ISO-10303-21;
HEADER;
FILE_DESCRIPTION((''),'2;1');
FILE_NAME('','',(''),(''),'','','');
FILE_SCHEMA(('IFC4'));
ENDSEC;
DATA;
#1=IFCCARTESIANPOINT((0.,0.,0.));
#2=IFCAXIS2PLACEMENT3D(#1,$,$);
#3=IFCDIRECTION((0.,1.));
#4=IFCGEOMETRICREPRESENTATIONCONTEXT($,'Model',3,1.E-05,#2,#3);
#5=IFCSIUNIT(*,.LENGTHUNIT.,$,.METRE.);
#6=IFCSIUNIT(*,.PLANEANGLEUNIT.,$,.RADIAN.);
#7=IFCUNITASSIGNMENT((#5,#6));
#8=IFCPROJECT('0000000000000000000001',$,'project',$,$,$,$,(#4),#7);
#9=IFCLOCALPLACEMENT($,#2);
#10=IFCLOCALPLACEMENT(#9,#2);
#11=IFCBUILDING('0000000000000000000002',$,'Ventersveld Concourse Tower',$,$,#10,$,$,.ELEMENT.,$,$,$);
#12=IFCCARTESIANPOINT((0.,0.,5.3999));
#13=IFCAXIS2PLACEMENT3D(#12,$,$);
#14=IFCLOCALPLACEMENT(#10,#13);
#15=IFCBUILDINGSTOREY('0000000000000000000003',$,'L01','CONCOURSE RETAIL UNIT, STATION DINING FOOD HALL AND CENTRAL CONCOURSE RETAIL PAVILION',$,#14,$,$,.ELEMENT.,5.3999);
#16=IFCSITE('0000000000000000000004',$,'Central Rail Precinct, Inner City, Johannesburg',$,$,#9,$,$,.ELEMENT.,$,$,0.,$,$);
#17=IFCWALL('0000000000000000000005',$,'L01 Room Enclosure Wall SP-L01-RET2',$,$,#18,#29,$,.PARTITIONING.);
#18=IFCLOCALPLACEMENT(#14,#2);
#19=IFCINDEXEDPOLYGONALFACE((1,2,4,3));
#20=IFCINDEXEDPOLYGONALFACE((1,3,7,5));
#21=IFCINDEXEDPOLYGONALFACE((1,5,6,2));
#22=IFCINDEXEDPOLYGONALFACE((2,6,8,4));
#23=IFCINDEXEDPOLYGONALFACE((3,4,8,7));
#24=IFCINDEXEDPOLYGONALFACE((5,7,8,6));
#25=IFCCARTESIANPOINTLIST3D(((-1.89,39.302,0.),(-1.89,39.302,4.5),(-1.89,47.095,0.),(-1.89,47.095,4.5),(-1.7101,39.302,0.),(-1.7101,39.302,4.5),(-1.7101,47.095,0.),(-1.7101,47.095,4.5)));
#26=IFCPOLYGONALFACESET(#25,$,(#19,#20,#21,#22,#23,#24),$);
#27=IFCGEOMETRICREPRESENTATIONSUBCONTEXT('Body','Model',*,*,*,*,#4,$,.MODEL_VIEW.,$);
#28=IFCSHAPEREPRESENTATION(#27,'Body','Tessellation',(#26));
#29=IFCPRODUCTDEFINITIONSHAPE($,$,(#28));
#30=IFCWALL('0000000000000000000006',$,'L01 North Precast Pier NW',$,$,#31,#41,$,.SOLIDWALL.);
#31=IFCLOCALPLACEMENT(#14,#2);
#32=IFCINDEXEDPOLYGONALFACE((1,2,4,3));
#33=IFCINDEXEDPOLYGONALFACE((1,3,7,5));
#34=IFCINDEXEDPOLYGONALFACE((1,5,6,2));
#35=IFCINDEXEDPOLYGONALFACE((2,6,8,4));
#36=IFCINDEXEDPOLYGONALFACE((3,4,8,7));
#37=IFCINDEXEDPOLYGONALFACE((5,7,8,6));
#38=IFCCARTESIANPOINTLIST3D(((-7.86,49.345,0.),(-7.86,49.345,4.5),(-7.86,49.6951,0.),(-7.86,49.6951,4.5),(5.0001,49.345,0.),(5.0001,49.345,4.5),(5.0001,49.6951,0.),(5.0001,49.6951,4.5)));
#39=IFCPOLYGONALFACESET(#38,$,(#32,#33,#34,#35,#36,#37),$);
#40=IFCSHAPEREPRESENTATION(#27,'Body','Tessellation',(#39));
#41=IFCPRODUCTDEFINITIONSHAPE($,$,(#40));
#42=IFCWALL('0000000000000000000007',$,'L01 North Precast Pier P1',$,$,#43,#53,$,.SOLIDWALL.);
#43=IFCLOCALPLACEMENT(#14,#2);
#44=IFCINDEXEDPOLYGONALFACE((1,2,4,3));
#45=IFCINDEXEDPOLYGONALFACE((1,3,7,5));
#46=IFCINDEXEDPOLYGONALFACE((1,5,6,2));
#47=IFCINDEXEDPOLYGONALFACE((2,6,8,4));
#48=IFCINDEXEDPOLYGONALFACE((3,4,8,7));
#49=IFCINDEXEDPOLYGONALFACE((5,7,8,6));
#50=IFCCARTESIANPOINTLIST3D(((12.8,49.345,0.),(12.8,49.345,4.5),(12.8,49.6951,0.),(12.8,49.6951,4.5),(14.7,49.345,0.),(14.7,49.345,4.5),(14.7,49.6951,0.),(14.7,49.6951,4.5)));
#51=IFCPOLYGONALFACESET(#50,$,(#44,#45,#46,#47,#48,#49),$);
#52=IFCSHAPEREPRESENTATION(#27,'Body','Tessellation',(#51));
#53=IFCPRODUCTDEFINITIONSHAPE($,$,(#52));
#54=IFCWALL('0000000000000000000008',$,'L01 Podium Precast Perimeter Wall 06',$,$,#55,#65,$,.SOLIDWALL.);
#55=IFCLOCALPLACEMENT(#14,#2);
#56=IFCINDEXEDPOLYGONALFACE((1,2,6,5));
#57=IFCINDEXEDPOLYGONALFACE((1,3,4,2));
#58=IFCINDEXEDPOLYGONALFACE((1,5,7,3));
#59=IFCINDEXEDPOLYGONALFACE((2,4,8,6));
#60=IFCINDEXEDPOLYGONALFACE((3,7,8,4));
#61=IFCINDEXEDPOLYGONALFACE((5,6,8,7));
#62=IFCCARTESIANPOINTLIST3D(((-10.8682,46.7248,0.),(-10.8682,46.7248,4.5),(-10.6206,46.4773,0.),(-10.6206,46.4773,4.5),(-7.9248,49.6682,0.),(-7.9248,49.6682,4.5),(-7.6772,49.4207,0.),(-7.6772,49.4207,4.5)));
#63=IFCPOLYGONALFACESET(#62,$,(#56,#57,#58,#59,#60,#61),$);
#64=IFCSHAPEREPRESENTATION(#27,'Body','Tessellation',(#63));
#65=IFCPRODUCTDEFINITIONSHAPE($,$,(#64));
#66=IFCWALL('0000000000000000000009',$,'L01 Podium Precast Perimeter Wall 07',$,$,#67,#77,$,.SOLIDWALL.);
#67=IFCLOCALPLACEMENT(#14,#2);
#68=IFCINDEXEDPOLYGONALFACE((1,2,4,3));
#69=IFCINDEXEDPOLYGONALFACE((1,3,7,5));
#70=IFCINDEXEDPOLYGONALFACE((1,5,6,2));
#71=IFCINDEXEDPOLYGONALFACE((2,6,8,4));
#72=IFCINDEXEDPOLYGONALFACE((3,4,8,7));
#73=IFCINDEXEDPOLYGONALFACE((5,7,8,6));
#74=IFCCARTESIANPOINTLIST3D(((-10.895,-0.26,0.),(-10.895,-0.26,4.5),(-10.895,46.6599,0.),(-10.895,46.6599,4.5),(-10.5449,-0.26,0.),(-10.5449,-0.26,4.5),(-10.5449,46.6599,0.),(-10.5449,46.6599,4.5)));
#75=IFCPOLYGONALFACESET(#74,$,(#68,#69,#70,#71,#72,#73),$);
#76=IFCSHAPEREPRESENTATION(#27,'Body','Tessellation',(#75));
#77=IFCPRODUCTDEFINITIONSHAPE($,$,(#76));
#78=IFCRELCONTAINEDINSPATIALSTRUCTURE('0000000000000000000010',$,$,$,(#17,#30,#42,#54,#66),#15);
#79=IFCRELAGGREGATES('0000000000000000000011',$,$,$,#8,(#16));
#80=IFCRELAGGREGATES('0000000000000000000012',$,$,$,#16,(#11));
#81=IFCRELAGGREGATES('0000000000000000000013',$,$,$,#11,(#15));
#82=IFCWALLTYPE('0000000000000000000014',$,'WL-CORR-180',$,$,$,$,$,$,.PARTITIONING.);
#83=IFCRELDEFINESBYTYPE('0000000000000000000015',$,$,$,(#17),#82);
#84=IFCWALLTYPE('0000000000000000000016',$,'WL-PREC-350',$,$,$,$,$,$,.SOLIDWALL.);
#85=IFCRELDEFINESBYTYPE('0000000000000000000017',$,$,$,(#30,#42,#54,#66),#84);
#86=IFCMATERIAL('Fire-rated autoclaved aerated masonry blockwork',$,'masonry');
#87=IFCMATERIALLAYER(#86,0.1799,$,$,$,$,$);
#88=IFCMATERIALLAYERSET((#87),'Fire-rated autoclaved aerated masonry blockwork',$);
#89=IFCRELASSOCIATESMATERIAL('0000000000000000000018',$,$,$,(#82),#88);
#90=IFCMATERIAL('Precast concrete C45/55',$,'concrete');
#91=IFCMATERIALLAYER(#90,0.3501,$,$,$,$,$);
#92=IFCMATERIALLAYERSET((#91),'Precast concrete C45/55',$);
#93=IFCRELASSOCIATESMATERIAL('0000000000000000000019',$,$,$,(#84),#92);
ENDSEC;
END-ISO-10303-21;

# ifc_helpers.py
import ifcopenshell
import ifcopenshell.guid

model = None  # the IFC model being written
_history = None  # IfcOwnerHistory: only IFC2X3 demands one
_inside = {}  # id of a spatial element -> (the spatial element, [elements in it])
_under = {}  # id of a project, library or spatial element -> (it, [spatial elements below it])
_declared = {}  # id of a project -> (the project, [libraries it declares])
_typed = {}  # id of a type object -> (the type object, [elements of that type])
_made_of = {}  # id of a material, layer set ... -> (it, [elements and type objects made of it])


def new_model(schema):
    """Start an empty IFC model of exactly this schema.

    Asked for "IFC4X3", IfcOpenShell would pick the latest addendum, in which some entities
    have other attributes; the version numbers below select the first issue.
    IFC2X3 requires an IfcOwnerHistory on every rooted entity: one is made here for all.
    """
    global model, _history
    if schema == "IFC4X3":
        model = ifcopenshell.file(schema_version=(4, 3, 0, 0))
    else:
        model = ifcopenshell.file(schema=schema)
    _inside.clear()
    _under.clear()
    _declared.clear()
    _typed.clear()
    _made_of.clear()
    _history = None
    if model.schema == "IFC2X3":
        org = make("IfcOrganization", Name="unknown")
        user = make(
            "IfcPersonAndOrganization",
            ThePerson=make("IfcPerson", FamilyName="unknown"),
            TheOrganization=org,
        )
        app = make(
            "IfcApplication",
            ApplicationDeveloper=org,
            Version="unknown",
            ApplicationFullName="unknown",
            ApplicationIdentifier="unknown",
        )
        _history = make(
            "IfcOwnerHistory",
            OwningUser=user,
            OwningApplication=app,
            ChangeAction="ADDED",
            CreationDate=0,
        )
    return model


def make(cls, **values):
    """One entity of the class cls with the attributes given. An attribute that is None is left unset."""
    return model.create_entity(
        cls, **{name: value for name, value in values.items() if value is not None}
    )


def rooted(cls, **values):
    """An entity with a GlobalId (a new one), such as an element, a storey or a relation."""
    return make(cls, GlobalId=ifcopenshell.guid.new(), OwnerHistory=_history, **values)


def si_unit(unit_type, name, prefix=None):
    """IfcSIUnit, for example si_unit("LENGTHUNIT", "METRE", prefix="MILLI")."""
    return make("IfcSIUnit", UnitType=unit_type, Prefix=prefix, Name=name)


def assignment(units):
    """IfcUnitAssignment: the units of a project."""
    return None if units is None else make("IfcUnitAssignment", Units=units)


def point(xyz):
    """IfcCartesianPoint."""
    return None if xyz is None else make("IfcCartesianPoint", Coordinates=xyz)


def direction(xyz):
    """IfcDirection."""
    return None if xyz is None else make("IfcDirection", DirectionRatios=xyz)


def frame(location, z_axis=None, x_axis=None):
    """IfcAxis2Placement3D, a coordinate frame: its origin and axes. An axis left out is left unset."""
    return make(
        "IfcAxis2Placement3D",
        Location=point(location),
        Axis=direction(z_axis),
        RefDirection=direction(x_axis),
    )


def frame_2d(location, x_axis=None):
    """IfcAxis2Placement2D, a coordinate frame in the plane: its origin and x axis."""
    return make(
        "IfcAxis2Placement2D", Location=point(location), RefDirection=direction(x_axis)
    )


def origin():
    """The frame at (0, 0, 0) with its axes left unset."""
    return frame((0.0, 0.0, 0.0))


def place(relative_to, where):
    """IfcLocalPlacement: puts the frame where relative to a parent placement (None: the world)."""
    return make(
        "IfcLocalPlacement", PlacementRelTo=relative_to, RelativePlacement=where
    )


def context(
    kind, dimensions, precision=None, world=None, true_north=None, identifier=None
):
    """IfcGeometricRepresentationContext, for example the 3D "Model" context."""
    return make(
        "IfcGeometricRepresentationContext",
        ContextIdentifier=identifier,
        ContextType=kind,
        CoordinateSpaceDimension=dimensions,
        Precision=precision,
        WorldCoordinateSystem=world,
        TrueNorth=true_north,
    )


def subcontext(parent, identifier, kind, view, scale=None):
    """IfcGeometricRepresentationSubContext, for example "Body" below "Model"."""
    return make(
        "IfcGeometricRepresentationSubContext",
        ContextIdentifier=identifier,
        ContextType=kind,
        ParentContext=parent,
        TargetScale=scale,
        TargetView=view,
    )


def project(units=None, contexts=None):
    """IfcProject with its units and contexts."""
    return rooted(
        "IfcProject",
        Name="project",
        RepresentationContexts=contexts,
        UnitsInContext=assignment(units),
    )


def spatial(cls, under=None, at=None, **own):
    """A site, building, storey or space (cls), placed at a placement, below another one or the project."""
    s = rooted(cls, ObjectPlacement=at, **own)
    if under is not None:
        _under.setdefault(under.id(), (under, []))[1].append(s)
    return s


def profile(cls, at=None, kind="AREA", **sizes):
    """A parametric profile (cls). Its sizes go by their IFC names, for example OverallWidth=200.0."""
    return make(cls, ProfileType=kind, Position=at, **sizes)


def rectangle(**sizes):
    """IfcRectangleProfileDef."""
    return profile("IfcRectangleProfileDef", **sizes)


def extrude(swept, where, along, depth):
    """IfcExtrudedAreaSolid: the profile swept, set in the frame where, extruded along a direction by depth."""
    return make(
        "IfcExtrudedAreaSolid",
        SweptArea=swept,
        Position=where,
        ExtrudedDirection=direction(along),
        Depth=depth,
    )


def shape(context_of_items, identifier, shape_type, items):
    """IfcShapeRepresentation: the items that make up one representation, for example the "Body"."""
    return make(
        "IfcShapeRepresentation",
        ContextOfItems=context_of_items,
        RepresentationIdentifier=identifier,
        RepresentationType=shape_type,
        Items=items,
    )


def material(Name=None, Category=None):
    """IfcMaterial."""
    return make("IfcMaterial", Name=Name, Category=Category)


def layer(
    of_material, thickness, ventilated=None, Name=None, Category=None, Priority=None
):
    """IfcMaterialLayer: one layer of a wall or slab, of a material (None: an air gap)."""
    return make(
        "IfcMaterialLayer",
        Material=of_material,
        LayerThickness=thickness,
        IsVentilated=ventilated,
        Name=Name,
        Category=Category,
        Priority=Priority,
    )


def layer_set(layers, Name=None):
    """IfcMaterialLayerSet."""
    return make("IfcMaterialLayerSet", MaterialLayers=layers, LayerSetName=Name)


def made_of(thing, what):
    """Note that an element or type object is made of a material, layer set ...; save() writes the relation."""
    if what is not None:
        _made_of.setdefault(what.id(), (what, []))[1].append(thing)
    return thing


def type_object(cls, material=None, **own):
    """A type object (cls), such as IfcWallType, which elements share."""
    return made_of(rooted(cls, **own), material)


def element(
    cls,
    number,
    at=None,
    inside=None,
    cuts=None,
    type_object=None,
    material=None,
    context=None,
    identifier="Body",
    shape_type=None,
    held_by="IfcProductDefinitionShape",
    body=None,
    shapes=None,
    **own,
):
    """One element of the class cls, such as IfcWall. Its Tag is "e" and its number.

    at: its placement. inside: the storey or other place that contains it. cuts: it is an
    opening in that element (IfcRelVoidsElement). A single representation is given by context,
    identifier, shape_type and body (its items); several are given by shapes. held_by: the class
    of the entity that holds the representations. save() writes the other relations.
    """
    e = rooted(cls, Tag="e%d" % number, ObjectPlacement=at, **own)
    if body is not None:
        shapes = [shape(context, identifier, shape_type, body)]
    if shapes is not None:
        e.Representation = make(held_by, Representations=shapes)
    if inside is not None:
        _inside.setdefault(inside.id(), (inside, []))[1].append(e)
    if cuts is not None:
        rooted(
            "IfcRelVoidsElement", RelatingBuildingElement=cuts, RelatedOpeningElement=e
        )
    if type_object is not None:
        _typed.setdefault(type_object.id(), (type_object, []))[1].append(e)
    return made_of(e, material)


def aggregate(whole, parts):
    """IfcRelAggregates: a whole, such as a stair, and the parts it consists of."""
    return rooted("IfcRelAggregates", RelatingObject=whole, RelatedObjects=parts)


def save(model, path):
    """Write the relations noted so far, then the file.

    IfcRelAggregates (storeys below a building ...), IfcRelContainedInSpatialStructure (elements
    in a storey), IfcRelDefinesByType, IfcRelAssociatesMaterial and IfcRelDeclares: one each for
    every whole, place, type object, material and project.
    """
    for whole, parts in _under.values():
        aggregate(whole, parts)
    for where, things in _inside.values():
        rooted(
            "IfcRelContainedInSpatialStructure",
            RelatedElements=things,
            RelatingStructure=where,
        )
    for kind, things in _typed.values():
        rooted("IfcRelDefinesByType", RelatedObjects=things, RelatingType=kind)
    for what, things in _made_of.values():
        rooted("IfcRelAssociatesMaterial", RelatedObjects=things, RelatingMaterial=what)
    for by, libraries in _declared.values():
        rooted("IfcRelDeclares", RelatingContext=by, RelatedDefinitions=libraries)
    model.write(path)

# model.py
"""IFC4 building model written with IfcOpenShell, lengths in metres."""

from ifc_helpers import new_model, si_unit, direction, frame, frame_2d, origin, place, context, subcontext, project, spatial, rectangle, extrude, material, layer, layer_set, type_object, element, save


model = new_model("IFC4")

# Units and contexts
model_context = context("Model", 3, precision=1e-05, world=origin(), true_north=direction((0.0, 1.0)))
body_context = subcontext(model_context, "Body", "Model", "MODEL_VIEW")
ifc_project = project(units=[si_unit("LENGTHUNIT", "METRE"), si_unit("PLANEANGLEUNIT", "RADIAN")], contexts=[model_context])

# Site, building, storey
site_placement = place(None, origin())
site = spatial("IfcSite", under=ifc_project, at=site_placement, Name="Central Rail Precinct, Inner City, Johannesburg", CompositionType="ELEMENT", RefElevation=0.0)
building_placement = place(site_placement, origin())
building = spatial("IfcBuilding", under=site, at=building_placement, Name="Ventersveld Concourse Tower", CompositionType="ELEMENT")
storey_placement = place(building_placement, frame((0.0, 0.0, 5.3999)))
storey = spatial("IfcBuildingStorey", under=building, at=storey_placement, Name="L01", Description="CONCOURSE RETAIL UNIT, STATION DINING FOOD HALL AND CENTRAL CONCOURSE RETAIL PAVILION", CompositionType="ELEMENT", Elevation=5.3999)

# Walls
ifc_material_1 = material(Name="Fire-rated autoclaved aerated masonry blockwork", Category="masonry")
ifc_layer_1 = layer(ifc_material_1, 0.1799)
ifc_layer_set_1 = layer_set([ifc_layer_1], Name="Fire-rated autoclaved aerated masonry blockwork")
wall_type_1 = type_object("IfcWallType", Name="WL-CORR-180", PredefinedType="PARTITIONING", material=ifc_layer_set_1)
wall_1_placement = place(storey_placement, frame((-1.8, 47.095, 0.0), z_axis=(0.0, 0.0, 1.0), x_axis=(0.0, -1.0, 0.0)))
element("IfcWall", 1, at=wall_1_placement, inside=storey, type_object=wall_type_1, Name="L01 Room Enclosure Wall SP-L01-RET2", PredefinedType="PARTITIONING", context=body_context, shape_type="SweptSolid", body=[
    extrude(rectangle(XDim=7.793, YDim=0.1799, at=frame_2d((3.8965, 0.0))), origin(), (0.0, 0.0, 1.0), 4.5),
])
ifc_material_2 = material(Name="Precast concrete C45/55", Category="concrete")
ifc_layer_2 = layer(ifc_material_2, 0.3501)
ifc_layer_set_2 = layer_set([ifc_layer_2], Name="Precast concrete C45/55")
wall_type_2 = type_object("IfcWallType", Name="WL-PREC-350", PredefinedType="SOLIDWALL", material=ifc_layer_set_2)
wall_2_placement = place(storey_placement, frame((-7.8601, 49.52, 0.0), z_axis=(0.0, 0.0, 1.0), x_axis=(1.0, 0.0, 0.0)))
element("IfcWall", 2, at=wall_2_placement, inside=storey, type_object=wall_type_2, Name="L01 North Precast Pier NW", PredefinedType="SOLIDWALL", context=body_context, shape_type="SweptSolid", body=[
    extrude(rectangle(XDim=12.8601, YDim=0.3501, at=frame_2d((6.4302, 0.0))), origin(), (0.0, 0.0, 1.0), 4.5),
])
wall_3_placement = place(storey_placement, frame((12.8, 49.52, 0.0), z_axis=(0.0, 0.0, 1.0), x_axis=(1.0, 0.0, 0.0)))
element("IfcWall", 3, at=wall_3_placement, inside=storey, type_object=wall_type_2, Name="L01 North Precast Pier P1", PredefinedType="SOLIDWALL", context=body_context, shape_type="SweptSolid", body=[
    extrude(rectangle(XDim=1.8999, YDim=0.3501, at=frame_2d((0.95, 0.0))), origin(), (0.0, 0.0, 1.0), 4.5),
])
wall_4_placement = place(storey_placement, frame((-7.801, 49.5444, 0.0), z_axis=(0.0, 0.0, 1.0), x_axis=(-0.707107, -0.707107, 0.0)))
element("IfcWall", 4, at=wall_4_placement, inside=storey, type_object=wall_type_2, Name="L01 Podium Precast Perimeter Wall 06", PredefinedType="SOLIDWALL", context=body_context, shape_type="SweptSolid", body=[
    extrude(rectangle(XDim=4.1626, YDim=0.3501, at=frame_2d((2.0813, 0.0))), origin(), (0.0, 0.0, 1.0), 4.5),
])
wall_5_placement = place(storey_placement, frame((-10.72, 46.6599, 0.0), z_axis=(0.0, 0.0, 1.0), x_axis=(0.0, -1.0, 0.0)))
element("IfcWall", 5, at=wall_5_placement, inside=storey, type_object=wall_type_2, Name="L01 Podium Precast Perimeter Wall 07", PredefinedType="SOLIDWALL", context=body_context, shape_type="SweptSolid", body=[
    extrude(rectangle(XDim=46.9199, YDim=0.3501, at=frame_2d((23.46, 0.0))), origin(), (0.0, 0.0, 1.0), 4.5),
])

save(model, "model.ifc")
